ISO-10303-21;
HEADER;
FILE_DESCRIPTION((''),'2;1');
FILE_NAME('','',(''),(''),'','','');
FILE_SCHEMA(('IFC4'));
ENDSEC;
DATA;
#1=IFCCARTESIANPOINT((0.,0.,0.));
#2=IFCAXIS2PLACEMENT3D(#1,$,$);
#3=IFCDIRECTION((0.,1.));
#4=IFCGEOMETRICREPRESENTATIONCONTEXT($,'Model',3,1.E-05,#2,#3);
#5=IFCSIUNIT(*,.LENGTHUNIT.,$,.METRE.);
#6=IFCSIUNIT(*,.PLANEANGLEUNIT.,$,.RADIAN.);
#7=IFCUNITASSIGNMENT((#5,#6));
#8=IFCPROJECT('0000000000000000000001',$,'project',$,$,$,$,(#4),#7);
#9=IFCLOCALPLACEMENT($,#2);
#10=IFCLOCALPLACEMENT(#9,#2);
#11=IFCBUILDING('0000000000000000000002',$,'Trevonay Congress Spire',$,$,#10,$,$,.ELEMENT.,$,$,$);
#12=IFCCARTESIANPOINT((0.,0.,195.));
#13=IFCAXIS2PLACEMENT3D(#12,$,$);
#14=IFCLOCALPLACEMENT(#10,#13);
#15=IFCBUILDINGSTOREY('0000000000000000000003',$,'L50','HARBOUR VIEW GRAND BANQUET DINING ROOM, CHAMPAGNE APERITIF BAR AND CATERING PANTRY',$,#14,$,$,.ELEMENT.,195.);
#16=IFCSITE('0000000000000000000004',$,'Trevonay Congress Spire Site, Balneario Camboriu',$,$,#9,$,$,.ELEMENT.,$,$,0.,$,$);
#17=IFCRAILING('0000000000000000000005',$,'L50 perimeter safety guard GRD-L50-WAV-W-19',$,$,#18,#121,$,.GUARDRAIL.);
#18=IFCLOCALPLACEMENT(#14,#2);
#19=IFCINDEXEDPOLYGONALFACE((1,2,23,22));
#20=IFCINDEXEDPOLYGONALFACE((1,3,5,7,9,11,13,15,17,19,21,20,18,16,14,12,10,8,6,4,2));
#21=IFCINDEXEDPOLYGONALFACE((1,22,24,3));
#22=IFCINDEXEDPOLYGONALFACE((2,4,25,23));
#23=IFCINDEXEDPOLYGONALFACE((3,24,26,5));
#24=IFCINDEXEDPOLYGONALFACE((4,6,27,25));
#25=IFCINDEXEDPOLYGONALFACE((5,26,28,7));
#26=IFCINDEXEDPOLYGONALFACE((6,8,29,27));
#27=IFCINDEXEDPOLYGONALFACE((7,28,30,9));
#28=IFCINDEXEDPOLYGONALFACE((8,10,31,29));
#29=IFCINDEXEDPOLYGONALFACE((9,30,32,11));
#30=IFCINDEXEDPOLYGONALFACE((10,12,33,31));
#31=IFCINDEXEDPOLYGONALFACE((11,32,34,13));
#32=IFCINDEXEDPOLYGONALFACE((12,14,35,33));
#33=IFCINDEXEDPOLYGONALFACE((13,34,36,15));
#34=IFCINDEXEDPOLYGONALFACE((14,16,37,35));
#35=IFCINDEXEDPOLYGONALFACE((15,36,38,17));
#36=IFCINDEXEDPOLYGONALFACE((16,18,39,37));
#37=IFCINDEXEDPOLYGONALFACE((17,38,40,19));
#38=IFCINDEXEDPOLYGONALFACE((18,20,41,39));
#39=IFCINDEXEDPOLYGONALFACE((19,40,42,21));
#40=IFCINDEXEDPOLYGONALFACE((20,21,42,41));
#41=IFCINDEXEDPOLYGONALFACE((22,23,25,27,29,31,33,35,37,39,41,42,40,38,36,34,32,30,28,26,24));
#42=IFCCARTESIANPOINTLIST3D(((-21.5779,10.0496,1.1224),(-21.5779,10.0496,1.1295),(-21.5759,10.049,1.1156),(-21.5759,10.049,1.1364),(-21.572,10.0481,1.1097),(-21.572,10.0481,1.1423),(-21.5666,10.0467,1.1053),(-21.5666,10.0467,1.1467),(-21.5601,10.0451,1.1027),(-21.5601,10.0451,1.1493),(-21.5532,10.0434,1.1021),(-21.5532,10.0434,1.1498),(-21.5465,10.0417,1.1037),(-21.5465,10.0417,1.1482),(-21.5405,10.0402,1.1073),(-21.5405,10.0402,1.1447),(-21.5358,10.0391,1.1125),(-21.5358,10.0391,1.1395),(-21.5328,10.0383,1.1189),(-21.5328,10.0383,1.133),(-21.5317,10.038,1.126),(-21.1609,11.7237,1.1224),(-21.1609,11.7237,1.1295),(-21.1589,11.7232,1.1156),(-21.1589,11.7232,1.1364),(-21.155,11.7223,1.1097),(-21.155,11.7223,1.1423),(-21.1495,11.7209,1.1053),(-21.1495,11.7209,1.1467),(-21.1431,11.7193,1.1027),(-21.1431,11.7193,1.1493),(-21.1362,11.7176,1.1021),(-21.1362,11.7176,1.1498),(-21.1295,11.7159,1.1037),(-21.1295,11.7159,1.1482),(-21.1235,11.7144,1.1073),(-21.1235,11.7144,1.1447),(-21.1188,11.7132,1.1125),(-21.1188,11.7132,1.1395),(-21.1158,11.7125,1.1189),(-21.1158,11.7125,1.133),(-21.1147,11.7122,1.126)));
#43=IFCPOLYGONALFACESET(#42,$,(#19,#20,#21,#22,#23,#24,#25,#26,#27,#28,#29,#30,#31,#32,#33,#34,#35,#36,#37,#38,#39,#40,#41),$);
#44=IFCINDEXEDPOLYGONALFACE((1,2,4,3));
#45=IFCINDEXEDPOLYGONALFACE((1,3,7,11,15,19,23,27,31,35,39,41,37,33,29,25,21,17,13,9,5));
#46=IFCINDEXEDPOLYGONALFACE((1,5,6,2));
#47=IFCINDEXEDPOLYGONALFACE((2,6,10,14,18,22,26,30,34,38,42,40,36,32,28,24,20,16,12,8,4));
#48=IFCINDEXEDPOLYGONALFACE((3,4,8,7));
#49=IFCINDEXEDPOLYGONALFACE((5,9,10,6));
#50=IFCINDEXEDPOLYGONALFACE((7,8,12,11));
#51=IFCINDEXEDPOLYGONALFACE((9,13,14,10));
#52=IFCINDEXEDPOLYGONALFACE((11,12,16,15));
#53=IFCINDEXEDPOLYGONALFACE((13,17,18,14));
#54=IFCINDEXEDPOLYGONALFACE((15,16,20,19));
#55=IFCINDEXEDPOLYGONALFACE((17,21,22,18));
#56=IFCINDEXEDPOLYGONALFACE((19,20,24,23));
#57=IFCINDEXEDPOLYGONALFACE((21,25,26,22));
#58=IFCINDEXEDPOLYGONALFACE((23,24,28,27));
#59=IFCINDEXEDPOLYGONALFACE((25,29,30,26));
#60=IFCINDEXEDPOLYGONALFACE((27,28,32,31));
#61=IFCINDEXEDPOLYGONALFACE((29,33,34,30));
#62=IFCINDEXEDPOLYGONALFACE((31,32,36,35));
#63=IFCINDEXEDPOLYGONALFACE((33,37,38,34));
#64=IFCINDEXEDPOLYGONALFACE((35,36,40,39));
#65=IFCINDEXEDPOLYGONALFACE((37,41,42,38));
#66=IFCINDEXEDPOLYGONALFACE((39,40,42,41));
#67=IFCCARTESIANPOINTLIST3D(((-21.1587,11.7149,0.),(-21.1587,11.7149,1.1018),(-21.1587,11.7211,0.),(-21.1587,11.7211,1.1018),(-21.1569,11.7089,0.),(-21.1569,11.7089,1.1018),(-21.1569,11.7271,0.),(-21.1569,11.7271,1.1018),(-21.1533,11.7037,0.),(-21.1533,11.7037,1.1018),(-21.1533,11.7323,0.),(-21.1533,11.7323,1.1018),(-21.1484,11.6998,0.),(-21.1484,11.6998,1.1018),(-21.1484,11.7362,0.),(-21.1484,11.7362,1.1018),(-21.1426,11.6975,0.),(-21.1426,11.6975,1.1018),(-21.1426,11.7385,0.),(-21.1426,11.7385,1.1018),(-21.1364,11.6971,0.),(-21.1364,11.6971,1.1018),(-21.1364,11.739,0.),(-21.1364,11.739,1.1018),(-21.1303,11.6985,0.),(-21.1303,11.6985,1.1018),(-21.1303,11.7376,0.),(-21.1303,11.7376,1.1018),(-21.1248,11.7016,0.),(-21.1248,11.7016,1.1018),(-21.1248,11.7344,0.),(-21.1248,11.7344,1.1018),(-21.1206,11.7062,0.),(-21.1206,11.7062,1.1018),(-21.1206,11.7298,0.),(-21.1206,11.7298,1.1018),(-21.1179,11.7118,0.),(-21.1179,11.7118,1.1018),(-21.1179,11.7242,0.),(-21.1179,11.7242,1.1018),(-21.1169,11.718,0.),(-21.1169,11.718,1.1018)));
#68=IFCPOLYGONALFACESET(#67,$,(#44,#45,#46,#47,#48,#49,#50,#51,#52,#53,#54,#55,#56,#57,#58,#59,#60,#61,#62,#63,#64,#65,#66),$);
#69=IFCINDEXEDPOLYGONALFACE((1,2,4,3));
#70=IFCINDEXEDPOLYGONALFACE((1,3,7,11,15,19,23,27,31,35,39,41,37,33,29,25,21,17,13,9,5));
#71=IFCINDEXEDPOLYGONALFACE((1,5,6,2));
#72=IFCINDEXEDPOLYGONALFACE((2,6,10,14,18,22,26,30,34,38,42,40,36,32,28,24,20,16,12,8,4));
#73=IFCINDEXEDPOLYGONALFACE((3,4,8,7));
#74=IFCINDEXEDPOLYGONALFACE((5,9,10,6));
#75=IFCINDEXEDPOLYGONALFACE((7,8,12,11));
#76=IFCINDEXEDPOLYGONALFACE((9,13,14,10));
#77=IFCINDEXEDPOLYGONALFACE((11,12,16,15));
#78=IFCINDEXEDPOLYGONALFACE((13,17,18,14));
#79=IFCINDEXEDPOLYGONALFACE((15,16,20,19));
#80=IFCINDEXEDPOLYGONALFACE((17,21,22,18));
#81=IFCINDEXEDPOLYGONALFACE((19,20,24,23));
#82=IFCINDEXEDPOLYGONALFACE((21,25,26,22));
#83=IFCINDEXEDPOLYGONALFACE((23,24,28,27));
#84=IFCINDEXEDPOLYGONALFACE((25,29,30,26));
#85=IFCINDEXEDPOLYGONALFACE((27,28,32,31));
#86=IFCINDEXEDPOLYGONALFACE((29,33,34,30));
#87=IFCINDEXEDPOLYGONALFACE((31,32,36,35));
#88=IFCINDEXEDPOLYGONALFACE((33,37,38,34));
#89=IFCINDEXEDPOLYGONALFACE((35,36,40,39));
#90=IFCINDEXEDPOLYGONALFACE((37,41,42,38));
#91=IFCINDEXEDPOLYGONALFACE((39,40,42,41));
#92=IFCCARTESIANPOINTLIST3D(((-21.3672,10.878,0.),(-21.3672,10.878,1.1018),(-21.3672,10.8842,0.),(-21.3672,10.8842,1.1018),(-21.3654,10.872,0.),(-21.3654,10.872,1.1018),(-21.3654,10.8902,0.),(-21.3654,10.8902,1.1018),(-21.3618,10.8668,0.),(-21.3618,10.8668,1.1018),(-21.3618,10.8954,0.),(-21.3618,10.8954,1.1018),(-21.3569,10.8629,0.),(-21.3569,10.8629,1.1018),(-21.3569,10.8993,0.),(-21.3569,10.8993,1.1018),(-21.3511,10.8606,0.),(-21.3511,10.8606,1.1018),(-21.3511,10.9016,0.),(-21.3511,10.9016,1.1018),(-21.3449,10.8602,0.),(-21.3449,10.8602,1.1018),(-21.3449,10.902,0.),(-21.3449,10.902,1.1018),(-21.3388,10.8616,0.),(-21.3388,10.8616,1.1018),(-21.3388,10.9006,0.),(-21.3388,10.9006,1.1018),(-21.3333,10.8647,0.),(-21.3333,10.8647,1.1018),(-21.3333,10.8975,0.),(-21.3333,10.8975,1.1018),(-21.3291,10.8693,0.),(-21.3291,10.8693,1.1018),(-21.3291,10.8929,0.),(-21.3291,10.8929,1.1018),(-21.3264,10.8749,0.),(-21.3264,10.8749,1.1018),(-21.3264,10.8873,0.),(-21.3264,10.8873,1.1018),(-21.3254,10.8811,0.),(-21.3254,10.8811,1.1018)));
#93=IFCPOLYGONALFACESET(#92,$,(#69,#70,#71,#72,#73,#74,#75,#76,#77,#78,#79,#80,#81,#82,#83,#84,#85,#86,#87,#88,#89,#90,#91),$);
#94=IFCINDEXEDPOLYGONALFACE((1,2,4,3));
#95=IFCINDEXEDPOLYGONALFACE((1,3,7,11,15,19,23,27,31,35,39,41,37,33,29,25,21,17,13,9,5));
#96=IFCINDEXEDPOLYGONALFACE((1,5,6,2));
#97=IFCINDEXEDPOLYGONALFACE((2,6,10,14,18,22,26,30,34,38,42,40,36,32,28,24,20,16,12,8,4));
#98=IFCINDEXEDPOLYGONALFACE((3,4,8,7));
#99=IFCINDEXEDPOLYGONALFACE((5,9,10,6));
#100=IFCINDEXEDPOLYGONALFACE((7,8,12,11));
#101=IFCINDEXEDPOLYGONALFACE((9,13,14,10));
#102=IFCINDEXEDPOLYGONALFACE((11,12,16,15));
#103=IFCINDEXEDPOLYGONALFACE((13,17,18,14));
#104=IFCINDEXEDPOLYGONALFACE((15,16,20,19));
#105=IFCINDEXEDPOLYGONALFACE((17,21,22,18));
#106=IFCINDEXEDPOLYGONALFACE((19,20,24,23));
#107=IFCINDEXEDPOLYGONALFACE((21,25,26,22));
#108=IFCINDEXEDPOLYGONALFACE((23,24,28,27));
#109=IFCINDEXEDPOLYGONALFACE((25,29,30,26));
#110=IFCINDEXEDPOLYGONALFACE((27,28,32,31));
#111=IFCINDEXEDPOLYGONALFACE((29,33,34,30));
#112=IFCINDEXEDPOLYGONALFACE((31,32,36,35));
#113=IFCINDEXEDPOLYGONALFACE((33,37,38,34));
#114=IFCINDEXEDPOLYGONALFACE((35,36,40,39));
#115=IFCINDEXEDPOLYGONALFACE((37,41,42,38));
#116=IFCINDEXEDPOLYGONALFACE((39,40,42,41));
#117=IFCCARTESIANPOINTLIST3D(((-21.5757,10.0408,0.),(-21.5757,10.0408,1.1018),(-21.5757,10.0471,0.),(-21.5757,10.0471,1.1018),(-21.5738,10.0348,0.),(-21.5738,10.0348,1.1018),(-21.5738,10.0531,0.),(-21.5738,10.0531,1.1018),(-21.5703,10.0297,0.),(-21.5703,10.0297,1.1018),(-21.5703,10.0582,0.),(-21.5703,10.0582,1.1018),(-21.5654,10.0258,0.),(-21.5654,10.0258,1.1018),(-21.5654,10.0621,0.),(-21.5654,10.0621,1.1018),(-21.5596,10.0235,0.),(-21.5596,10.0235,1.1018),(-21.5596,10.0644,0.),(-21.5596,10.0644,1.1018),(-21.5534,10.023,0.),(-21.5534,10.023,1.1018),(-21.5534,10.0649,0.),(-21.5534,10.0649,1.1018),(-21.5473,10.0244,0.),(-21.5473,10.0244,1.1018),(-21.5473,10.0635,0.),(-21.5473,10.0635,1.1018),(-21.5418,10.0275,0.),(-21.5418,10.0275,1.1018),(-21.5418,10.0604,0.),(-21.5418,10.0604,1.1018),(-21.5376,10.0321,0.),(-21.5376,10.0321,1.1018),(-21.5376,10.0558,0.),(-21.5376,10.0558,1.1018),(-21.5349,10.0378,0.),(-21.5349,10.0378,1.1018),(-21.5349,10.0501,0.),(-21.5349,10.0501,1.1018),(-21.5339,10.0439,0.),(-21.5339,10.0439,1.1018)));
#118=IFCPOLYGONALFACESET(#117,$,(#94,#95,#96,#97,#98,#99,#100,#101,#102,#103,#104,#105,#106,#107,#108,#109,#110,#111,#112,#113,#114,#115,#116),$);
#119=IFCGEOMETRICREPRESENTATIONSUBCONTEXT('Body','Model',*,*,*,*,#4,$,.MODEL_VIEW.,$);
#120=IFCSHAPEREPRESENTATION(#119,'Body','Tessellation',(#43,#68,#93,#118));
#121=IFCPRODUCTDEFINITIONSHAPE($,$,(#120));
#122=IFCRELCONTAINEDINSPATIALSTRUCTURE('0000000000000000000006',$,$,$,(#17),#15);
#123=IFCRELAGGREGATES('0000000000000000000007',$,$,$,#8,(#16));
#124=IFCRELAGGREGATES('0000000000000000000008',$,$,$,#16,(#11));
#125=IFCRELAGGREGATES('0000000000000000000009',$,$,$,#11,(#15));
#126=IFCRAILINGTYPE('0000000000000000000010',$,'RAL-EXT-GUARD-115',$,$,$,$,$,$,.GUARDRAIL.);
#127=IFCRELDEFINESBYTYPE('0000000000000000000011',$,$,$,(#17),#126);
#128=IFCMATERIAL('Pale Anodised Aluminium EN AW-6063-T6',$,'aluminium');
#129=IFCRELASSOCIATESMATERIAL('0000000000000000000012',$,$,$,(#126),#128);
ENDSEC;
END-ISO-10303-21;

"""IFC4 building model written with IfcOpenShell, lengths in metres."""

from ifc_helpers import new_model, si_unit, direction, frame, origin, origin_2d, place, context, subcontext, project, spatial, circle, extrude, material, type_object, element, save


model = new_model("IFC4")

# Units and contexts
model_context = context("Model", 3, precision=1e-05, world=origin(), true_north=direction((0.0, 1.0)))
body_context = subcontext(model_context, "Body", "Model", "MODEL_VIEW")
ifc_project = project(units=[si_unit("LENGTHUNIT", "METRE"), si_unit("PLANEANGLEUNIT", "RADIAN")], contexts=[model_context])

# Site, building, storey
site_placement = place(None, origin())
site = spatial("IfcSite", under=ifc_project, at=site_placement, Name="Trevonay Congress Spire Site, Balneario Camboriu", CompositionType="ELEMENT", RefElevation=0.0)
building_placement = place(site_placement, origin())
building = spatial("IfcBuilding", under=site, at=building_placement, Name="Trevonay Congress Spire", CompositionType="ELEMENT")
storey_placement = place(building_placement, frame((0.0, 0.0, 195.0)))
storey = spatial("IfcBuildingStorey", under=building, at=storey_placement, Name="L50", Description="HARBOUR VIEW GRAND BANQUET DINING ROOM, CHAMPAGNE APERITIF BAR AND CATERING PANTRY", CompositionType="ELEMENT", Elevation=195.0)

# Shared definitions
ifc_material_1 = material(Name="Pale Anodised Aluminium EN AW-6063-T6", Category="aluminium")

# Railing
railing_type = type_object("IfcRailingType", Name="RAL-EXT-GUARD-115", PredefinedType="GUARDRAIL", material=ifc_material_1)
railing_1_placement = place(storey_placement, frame((-21.1379, 11.718, 0.0)))
element("IfcRailing", 1, at=railing_1_placement, inside=storey, type_object=railing_type, Name="L50 perimeter safety guard GRD-L50-WAV-W-19", PredefinedType="GUARDRAIL", context=body_context, shape_type="SweptSolid", body=[
    extrude(circle(Radius=0.0239, at=origin_2d()), frame((0.0, 0.0, 1.126), z_axis=(-0.241703, -0.97035, 0.0), x_axis=(0.97035, -0.241703, 0.0)), (0.0, 0.0, 1.0), 1.7253),
    extrude(circle(Radius=0.021, at=origin_2d()), origin(), (0.0, 0.0, 1.0), 1.1018),
    extrude(circle(Radius=0.021, at=origin_2d()), frame((-0.2085, -0.8369, 0.0)), (0.0, 0.0, 1.0), 1.1018),
    extrude(circle(Radius=0.021, at=origin_2d()), frame((-0.417, -1.6741, 0.0)), (0.0, 0.0, 1.0), 1.1018),
])

save(model, "model.ifc")
